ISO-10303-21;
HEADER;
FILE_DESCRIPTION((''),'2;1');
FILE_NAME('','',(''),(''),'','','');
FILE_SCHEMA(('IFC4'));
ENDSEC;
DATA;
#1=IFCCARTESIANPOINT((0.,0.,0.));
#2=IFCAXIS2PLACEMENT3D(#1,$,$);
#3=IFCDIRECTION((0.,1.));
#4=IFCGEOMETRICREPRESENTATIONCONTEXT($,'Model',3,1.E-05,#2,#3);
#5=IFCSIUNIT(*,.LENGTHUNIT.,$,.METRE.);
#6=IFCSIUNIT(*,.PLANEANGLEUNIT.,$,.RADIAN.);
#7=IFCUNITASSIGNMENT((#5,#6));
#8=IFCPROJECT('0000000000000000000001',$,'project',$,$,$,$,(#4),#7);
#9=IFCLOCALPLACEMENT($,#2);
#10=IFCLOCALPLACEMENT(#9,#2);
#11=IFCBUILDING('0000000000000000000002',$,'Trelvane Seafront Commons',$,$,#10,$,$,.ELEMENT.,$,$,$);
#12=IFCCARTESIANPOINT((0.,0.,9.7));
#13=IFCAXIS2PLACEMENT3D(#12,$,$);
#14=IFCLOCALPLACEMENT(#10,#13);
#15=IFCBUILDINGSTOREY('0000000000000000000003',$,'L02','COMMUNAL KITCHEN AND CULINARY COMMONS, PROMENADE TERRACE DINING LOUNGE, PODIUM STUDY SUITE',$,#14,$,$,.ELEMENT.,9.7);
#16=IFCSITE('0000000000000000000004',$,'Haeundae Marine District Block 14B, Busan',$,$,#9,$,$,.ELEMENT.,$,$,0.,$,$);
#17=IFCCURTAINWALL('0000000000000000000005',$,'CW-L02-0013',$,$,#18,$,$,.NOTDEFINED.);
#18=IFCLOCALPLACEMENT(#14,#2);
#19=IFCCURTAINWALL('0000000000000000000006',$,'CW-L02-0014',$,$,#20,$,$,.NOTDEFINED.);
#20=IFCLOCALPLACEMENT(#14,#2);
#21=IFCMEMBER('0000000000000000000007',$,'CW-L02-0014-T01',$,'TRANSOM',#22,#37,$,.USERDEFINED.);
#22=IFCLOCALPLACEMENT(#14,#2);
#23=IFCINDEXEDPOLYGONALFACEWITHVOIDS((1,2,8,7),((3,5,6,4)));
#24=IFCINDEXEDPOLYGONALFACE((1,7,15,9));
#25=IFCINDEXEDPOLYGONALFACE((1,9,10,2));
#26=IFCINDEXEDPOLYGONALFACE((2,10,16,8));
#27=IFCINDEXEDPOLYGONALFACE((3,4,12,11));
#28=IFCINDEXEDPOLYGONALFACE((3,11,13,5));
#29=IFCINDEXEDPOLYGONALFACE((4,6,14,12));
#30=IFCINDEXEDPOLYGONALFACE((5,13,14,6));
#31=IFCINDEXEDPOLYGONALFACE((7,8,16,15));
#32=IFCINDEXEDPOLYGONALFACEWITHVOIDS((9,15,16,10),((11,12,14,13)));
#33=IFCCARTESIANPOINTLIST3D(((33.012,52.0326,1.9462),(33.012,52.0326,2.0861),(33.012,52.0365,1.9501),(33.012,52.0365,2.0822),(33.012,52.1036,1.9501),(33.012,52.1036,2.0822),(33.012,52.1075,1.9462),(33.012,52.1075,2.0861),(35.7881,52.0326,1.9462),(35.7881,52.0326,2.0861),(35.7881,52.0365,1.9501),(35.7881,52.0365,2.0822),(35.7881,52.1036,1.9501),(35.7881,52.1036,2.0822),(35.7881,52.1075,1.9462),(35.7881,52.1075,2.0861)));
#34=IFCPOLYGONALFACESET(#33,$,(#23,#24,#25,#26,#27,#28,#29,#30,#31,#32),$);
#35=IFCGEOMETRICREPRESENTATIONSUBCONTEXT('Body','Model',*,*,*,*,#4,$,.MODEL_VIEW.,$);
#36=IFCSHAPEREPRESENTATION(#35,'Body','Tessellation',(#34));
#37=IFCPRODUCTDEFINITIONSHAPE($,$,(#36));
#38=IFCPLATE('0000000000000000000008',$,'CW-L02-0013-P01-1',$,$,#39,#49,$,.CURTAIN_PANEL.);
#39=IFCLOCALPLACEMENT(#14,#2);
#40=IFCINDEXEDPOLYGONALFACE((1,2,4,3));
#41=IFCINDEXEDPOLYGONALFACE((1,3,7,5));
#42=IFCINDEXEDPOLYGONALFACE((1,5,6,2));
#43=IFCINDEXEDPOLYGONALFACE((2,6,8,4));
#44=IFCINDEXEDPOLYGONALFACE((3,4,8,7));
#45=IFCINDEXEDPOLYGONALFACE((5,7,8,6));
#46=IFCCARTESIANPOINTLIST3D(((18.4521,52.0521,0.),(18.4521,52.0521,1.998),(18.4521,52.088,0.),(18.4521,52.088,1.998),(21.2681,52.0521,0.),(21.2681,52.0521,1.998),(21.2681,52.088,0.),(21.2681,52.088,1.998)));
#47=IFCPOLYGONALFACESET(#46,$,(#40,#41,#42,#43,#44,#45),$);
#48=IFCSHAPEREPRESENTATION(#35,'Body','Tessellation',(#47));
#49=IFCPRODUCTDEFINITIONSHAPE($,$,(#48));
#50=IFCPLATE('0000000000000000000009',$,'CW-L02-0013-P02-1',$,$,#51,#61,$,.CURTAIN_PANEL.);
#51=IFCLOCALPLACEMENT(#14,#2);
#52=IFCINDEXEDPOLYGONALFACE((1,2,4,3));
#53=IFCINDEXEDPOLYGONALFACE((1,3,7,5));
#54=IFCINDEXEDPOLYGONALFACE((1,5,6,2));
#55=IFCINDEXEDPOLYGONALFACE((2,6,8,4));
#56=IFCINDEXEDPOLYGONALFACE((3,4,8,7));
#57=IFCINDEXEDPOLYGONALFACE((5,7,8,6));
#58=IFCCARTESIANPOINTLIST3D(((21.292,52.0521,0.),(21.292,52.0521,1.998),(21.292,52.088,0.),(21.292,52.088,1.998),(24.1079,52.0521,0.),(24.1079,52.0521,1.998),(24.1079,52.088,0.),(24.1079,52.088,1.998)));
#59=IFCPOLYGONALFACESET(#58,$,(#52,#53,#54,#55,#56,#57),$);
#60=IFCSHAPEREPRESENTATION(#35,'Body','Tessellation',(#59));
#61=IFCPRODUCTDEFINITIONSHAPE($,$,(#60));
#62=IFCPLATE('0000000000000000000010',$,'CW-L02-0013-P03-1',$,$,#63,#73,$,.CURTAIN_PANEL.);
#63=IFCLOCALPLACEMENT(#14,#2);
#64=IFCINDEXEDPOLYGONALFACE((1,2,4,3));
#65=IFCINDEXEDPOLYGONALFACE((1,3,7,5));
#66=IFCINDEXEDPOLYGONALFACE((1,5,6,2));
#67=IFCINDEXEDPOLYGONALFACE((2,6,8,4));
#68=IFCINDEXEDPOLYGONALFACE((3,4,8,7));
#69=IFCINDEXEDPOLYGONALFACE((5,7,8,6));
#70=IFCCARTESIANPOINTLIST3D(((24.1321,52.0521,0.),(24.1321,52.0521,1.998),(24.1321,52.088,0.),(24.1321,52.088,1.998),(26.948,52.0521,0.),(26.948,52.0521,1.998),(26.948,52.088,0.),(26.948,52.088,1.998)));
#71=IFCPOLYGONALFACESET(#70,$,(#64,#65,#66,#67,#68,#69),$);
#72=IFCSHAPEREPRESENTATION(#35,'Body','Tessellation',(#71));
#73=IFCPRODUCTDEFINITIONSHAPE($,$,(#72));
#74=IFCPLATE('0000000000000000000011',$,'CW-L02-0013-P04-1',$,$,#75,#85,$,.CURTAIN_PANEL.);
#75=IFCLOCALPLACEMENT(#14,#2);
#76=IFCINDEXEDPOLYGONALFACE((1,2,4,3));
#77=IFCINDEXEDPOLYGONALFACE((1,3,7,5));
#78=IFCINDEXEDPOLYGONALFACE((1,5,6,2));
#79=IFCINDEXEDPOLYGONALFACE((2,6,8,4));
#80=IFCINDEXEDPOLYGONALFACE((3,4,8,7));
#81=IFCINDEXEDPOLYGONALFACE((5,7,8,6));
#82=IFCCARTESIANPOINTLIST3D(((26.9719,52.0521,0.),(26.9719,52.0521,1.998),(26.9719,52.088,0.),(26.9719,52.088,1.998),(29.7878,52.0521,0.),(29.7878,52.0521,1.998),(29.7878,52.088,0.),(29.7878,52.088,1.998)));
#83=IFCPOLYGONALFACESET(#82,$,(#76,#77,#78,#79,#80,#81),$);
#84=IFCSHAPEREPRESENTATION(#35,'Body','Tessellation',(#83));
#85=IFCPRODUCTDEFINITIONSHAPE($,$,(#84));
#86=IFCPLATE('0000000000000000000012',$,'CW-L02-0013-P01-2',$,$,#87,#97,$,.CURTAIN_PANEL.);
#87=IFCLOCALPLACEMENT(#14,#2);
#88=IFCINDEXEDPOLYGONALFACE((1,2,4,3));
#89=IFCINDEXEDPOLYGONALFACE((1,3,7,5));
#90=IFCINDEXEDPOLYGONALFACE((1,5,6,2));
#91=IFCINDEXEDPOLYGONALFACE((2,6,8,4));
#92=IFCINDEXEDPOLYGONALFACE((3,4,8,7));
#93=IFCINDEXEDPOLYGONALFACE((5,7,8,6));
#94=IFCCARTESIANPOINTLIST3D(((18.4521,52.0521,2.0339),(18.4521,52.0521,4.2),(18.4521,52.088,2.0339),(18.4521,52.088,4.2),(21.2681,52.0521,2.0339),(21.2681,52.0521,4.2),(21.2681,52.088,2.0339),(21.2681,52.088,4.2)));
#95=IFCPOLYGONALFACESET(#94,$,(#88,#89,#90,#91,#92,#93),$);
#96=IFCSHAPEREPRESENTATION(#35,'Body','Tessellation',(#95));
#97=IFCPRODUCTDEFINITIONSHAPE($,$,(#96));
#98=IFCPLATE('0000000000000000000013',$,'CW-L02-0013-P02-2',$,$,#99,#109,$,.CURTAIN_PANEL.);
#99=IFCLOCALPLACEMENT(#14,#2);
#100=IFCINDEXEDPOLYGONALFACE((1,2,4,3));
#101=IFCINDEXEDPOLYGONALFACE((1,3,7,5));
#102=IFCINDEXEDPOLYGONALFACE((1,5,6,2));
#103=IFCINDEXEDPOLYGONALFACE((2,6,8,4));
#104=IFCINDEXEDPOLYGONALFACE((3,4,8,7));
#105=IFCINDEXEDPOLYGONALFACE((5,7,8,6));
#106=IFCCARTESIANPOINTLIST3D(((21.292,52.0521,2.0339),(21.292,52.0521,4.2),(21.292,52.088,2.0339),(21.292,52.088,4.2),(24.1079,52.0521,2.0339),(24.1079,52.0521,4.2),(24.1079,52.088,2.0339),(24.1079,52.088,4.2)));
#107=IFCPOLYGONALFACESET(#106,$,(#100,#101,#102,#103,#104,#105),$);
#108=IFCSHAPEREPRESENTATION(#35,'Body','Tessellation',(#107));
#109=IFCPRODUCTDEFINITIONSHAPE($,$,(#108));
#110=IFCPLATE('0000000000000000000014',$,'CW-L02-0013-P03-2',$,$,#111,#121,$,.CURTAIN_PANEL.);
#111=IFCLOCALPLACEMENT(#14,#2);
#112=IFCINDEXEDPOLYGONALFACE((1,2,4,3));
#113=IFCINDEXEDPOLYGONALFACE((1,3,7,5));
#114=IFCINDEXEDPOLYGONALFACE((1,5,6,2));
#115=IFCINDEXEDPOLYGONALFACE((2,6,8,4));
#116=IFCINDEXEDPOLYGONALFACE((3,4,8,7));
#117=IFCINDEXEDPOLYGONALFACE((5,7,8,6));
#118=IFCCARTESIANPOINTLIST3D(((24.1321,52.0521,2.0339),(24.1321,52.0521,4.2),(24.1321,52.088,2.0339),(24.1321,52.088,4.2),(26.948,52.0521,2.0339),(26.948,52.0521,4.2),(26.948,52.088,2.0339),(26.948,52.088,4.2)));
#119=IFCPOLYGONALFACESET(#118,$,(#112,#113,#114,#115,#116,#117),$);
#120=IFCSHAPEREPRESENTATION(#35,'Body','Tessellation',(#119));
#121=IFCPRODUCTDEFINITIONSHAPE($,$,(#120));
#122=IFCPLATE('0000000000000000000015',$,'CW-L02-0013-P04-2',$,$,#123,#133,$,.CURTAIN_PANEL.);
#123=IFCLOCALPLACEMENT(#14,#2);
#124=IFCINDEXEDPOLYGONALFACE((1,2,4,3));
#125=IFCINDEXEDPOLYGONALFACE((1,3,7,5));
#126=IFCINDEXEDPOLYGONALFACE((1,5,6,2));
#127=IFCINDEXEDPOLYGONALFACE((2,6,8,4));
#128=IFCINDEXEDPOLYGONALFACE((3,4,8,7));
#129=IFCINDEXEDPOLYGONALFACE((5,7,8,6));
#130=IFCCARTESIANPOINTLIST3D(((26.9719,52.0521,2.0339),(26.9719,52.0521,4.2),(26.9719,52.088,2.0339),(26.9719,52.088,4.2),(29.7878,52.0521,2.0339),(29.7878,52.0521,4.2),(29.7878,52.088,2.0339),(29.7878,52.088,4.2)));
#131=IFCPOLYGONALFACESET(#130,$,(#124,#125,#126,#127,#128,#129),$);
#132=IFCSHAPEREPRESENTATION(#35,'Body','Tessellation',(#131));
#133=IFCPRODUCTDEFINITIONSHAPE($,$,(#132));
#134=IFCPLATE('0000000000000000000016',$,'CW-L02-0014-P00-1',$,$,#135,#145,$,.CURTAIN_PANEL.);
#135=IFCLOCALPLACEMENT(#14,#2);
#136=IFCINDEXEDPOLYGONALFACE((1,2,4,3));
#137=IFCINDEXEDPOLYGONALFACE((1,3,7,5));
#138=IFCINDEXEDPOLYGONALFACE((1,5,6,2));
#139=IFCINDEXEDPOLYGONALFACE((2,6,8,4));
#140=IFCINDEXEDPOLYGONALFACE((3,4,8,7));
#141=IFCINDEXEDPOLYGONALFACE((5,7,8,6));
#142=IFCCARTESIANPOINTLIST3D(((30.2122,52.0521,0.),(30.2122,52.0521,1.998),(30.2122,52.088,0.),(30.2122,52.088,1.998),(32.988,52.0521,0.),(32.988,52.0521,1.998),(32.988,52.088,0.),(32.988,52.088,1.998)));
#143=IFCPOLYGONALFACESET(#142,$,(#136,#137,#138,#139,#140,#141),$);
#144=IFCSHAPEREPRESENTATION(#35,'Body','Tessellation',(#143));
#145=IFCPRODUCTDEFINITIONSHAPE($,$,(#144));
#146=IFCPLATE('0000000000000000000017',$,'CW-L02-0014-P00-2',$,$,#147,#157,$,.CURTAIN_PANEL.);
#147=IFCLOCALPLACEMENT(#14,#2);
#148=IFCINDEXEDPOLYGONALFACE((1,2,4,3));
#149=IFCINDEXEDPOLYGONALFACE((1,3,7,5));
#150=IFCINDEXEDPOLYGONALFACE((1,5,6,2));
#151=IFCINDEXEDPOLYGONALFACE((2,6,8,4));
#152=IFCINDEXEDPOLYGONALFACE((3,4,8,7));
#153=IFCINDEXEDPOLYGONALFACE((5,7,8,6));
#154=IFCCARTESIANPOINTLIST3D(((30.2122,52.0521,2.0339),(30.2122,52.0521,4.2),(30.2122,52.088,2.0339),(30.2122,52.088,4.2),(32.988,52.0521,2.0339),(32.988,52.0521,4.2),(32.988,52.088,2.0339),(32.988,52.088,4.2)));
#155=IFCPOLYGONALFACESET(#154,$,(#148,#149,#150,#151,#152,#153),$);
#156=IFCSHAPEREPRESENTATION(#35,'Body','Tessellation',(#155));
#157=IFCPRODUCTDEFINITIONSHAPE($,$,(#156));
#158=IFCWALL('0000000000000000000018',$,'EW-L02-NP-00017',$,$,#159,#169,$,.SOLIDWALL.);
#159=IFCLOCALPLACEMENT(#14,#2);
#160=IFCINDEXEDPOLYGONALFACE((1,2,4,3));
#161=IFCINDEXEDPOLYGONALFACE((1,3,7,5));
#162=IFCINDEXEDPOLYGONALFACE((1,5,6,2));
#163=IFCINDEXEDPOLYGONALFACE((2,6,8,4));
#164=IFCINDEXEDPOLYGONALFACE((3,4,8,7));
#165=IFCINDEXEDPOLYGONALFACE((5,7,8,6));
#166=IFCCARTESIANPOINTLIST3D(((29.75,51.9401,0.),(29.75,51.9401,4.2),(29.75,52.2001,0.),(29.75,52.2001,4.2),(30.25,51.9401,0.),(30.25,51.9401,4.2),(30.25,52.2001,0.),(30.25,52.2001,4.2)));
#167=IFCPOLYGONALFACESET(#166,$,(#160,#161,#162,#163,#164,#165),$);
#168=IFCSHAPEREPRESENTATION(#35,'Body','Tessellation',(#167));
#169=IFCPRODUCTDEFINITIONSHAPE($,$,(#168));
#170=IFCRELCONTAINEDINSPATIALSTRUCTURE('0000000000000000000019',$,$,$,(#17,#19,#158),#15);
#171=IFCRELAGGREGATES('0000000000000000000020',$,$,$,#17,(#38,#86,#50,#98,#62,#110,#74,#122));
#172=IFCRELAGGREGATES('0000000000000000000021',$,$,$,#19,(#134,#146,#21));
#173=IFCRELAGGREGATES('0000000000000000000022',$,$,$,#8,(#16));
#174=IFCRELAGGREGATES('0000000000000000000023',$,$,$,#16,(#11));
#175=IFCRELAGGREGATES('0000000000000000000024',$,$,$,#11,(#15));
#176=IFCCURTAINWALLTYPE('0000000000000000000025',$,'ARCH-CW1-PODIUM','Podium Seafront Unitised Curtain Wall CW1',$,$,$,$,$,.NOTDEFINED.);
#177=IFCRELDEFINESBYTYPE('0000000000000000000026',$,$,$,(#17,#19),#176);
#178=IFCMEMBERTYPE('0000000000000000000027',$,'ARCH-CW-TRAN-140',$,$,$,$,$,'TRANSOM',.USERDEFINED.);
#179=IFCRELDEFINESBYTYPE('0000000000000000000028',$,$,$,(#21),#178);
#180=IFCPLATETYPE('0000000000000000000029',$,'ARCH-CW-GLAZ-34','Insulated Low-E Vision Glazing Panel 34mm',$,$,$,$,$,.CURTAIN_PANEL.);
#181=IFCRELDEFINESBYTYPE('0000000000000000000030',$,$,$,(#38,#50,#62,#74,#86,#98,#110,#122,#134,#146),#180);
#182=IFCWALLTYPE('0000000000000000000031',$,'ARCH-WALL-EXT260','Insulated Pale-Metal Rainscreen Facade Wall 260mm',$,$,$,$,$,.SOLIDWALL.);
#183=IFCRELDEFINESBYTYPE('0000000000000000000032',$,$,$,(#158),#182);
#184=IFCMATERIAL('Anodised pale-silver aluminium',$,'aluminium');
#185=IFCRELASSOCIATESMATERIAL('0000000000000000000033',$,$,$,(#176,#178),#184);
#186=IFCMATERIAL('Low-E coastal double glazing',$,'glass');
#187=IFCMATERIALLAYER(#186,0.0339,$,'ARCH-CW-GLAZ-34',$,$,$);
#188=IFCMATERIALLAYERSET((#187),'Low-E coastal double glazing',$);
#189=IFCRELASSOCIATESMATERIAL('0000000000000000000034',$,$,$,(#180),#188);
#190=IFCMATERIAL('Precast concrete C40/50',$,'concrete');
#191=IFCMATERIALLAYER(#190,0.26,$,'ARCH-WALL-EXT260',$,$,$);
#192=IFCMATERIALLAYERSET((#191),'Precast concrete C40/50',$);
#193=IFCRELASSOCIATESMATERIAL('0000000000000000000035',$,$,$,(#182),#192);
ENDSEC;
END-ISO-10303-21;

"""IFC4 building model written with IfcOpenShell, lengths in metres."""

from ifc_helpers import new_model, si_unit, direction, frame, frame_2d, origin, origin_2d, place, context, subcontext, project, spatial, rectangle, hollow_rectangle, extrude, source, transform, mapped, material, layer, layer_set, material_profile, profile_set, type_object, element, aggregate, save


model = new_model("IFC4")

# Units and contexts
model_context = context("Model", 3, precision=1e-05, world=origin(), true_north=direction((0.0, 1.0)))
body_context = subcontext(model_context, "Body", "Model", "MODEL_VIEW")
ifc_project = project(units=[si_unit("LENGTHUNIT", "METRE"), si_unit("PLANEANGLEUNIT", "RADIAN")], contexts=[model_context])

# Site, building, storey
site_placement = place(None, origin())
site = spatial("IfcSite", under=ifc_project, at=site_placement, Name="Haeundae Marine District Block 14B, Busan", CompositionType="ELEMENT", RefElevation=0.0)
building_placement = place(site_placement, origin())
building = spatial("IfcBuilding", under=site, at=building_placement, Name="Trelvane Seafront Commons", CompositionType="ELEMENT")
storey_placement = place(building_placement, frame((0.0, 0.0, 9.7)))
storey = spatial("IfcBuildingStorey", under=building, at=storey_placement, Name="L02", Description="COMMUNAL KITCHEN AND CULINARY COMMONS, PROMENADE TERRACE DINING LOUNGE, PODIUM STUDY SUITE", CompositionType="ELEMENT", Elevation=9.7)

# Curtain walls
ifc_material_1 = material(Name="Anodised pale-silver aluminium", Category="aluminium")
curtain_wall_type = type_object("IfcCurtainWallType", Name="ARCH-CW1-PODIUM", Description="Podium Seafront Unitised Curtain Wall CW1", PredefinedType="NOTDEFINED", material=ifc_material_1)
curtain_wall_1_placement = place(storey_placement, origin())
curtain_wall_1 = element("IfcCurtainWall", 1, at=curtain_wall_1_placement, inside=storey, type_object=curtain_wall_type, Name="CW-L02-0013", PredefinedType="NOTDEFINED")
curtain_wall_2_placement = place(storey_placement, origin())
curtain_wall_2 = element("IfcCurtainWall", 2, at=curtain_wall_2_placement, inside=storey, type_object=curtain_wall_type, Name="CW-L02-0014", PredefinedType="NOTDEFINED")

# Member
ifc_material_profile_1 = material_profile(ifc_material_1, hollow_rectangle(XDim=0.075, YDim=0.1399, WallThickness=0.0039, at=origin_2d()), Name="TRAN-75x140x4")
ifc_profile_set_1 = profile_set([ifc_material_profile_1], Name="Anodised pale-silver aluminium")
member_type_1 = type_object("IfcMemberType", Name="ARCH-CW-TRAN-140", ElementType="TRANSOM", PredefinedType="USERDEFINED", material=ifc_profile_set_1)
shared_shape_1 = source(origin(), body_context, "Body", "SweptSolid", [
    extrude(hollow_rectangle(XDim=0.075, YDim=0.1399, WallThickness=0.0039, at=origin_2d()), origin(), (0.0, 0.0, 1.0), 2.7761),
])
member_1_placement = place(storey_placement, frame((33.012, 52.0701, 2.0161), z_axis=(1.0, 0.0, 0.0), x_axis=(0.0, 1.0, 0.0)))
member_1 = element("IfcMember", 3, at=member_1_placement, type_object=member_type_1, Name="CW-L02-0014-T01", ObjectType="TRANSOM", PredefinedType="USERDEFINED", context=body_context, shape_type="MappedRepresentation", body=[
    mapped(shared_shape_1, transform((0.0, 0.0, 0.0), x_axis=(1.0, 0.0, 0.0), y_axis=(0.0, 1.0, 0.0), z_axis=(0.0, 0.0, 1.0), scale=1.0)),
])

# Plates
ifc_material_2 = material(Name="Low-E coastal double glazing", Category="glass")
ifc_layer_1 = layer(ifc_material_2, 0.0339, Name="ARCH-CW-GLAZ-34")
ifc_layer_set_1 = layer_set([ifc_layer_1], Name="Low-E coastal double glazing")
plate_type = type_object("IfcPlateType", Name="ARCH-CW-GLAZ-34", Description="Insulated Low-E Vision Glazing Panel 34mm", PredefinedType="CURTAIN_PANEL", material=ifc_layer_set_1)
shared_shape_2 = source(origin(), body_context, "Body", "SweptSolid", [
    extrude(rectangle(XDim=2.8159, YDim=0.0359, at=origin_2d()), origin(), (0.0, 0.0, 1.0), 1.998),
])
plate_1_placement = place(storey_placement, frame((19.8601, 52.0701, 0.0), z_axis=(0.0, 0.0, 1.0), x_axis=(1.0, 0.0, 0.0)))
plate_1 = element("IfcPlate", 4, at=plate_1_placement, type_object=plate_type, Name="CW-L02-0013-P01-1", PredefinedType="CURTAIN_PANEL", context=body_context, shape_type="MappedRepresentation", body=[
    mapped(shared_shape_2, transform((0.0, 0.0, 0.0), x_axis=(1.0, 0.0, 0.0), y_axis=(0.0, 1.0, 0.0), z_axis=(0.0, 0.0, 1.0), scale=1.0)),
])
plate_2_placement = place(storey_placement, frame((22.7, 52.0701, 0.0), z_axis=(0.0, 0.0, 1.0), x_axis=(1.0, 0.0, 0.0)))
plate_2 = element("IfcPlate", 5, at=plate_2_placement, type_object=plate_type, Name="CW-L02-0013-P02-1", PredefinedType="CURTAIN_PANEL", context=body_context, shape_type="MappedRepresentation", body=[
    mapped(shared_shape_2, transform((0.0, 0.0, 0.0), x_axis=(1.0, 0.0, 0.0), y_axis=(0.0, 1.0, 0.0), z_axis=(0.0, 0.0, 1.0), scale=1.0)),
])
plate_3_placement = place(storey_placement, frame((25.54, 52.0701, 0.0), z_axis=(0.0, 0.0, 1.0), x_axis=(1.0, 0.0, 0.0)))
plate_3 = element("IfcPlate", 6, at=plate_3_placement, type_object=plate_type, Name="CW-L02-0013-P03-1", PredefinedType="CURTAIN_PANEL", context=body_context, shape_type="MappedRepresentation", body=[
    mapped(shared_shape_2, transform((0.0, 0.0, 0.0), x_axis=(1.0, 0.0, 0.0), y_axis=(0.0, 1.0, 0.0), z_axis=(0.0, 0.0, 1.0), scale=1.0)),
])
plate_4_placement = place(storey_placement, frame((28.3799, 52.0701, 0.0), z_axis=(0.0, 0.0, 1.0), x_axis=(1.0, 0.0, 0.0)))
plate_4 = element("IfcPlate", 7, at=plate_4_placement, type_object=plate_type, Name="CW-L02-0013-P04-1", PredefinedType="CURTAIN_PANEL", context=body_context, shape_type="MappedRepresentation", body=[
    mapped(shared_shape_2, transform((0.0, 0.0, 0.0), x_axis=(1.0, 0.0, 0.0), y_axis=(0.0, 1.0, 0.0), z_axis=(0.0, 0.0, 1.0), scale=1.0)),
])
shared_shape_3 = source(origin(), body_context, "Body", "SweptSolid", [
    extrude(rectangle(XDim=2.8159, YDim=0.0359, at=origin_2d()), origin(), (0.0, 0.0, 1.0), 2.166),
])
plate_5_placement = place(storey_placement, frame((19.8601, 52.0701, 2.0339), z_axis=(0.0, 0.0, 1.0), x_axis=(1.0, 0.0, 0.0)))
plate_5 = element("IfcPlate", 8, at=plate_5_placement, type_object=plate_type, Name="CW-L02-0013-P01-2", PredefinedType="CURTAIN_PANEL", context=body_context, shape_type="MappedRepresentation", body=[
    mapped(shared_shape_3, transform((0.0, 0.0, 0.0), x_axis=(1.0, 0.0, 0.0), y_axis=(0.0, 1.0, 0.0), z_axis=(0.0, 0.0, 1.0), scale=1.0)),
])
plate_6_placement = place(storey_placement, frame((22.7, 52.0701, 2.0339), z_axis=(0.0, 0.0, 1.0), x_axis=(1.0, 0.0, 0.0)))
plate_6 = element("IfcPlate", 9, at=plate_6_placement, type_object=plate_type, Name="CW-L02-0013-P02-2", PredefinedType="CURTAIN_PANEL", context=body_context, shape_type="MappedRepresentation", body=[
    mapped(shared_shape_3, transform((0.0, 0.0, 0.0), x_axis=(1.0, 0.0, 0.0), y_axis=(0.0, 1.0, 0.0), z_axis=(0.0, 0.0, 1.0), scale=1.0)),
])
plate_7_placement = place(storey_placement, frame((25.54, 52.0701, 2.0339), z_axis=(0.0, 0.0, 1.0), x_axis=(1.0, 0.0, 0.0)))
plate_7 = element("IfcPlate", 10, at=plate_7_placement, type_object=plate_type, Name="CW-L02-0013-P03-2", PredefinedType="CURTAIN_PANEL", context=body_context, shape_type="MappedRepresentation", body=[
    mapped(shared_shape_3, transform((0.0, 0.0, 0.0), x_axis=(1.0, 0.0, 0.0), y_axis=(0.0, 1.0, 0.0), z_axis=(0.0, 0.0, 1.0), scale=1.0)),
])
plate_8_placement = place(storey_placement, frame((28.3799, 52.0701, 2.0339), z_axis=(0.0, 0.0, 1.0), x_axis=(1.0, 0.0, 0.0)))
plate_8 = element("IfcPlate", 11, at=plate_8_placement, type_object=plate_type, Name="CW-L02-0013-P04-2", PredefinedType="CURTAIN_PANEL", context=body_context, shape_type="MappedRepresentation", body=[
    mapped(shared_shape_3, transform((0.0, 0.0, 0.0), x_axis=(1.0, 0.0, 0.0), y_axis=(0.0, 1.0, 0.0), z_axis=(0.0, 0.0, 1.0), scale=1.0)),
])
aggregate(curtain_wall_1, [plate_1, plate_5, plate_2, plate_6, plate_3, plate_7, plate_4, plate_8])
shared_shape_4 = source(origin(), body_context, "Body", "SweptSolid", [
    extrude(rectangle(XDim=2.7759, YDim=0.0359, at=origin_2d()), origin(), (0.0, 0.0, 1.0), 1.998),
])
plate_9_placement = place(storey_placement, frame((31.6001, 52.0701, 0.0), z_axis=(0.0, 0.0, 1.0), x_axis=(1.0, 0.0, 0.0)))
plate_9 = element("IfcPlate", 12, at=plate_9_placement, type_object=plate_type, Name="CW-L02-0014-P00-1", PredefinedType="CURTAIN_PANEL", context=body_context, shape_type="MappedRepresentation", body=[
    mapped(shared_shape_4, transform((0.0, 0.0, 0.0), x_axis=(1.0, 0.0, 0.0), y_axis=(0.0, 1.0, 0.0), z_axis=(0.0, 0.0, 1.0), scale=1.0)),
])
shared_shape_5 = source(origin(), body_context, "Body", "SweptSolid", [
    extrude(rectangle(XDim=2.7759, YDim=0.0359, at=origin_2d()), origin(), (0.0, 0.0, 1.0), 2.166),
])
plate_10_placement = place(storey_placement, frame((31.6001, 52.0701, 2.0339), z_axis=(0.0, 0.0, 1.0), x_axis=(1.0, 0.0, 0.0)))
plate_10 = element("IfcPlate", 13, at=plate_10_placement, type_object=plate_type, Name="CW-L02-0014-P00-2", PredefinedType="CURTAIN_PANEL", context=body_context, shape_type="MappedRepresentation", body=[
    mapped(shared_shape_5, transform((0.0, 0.0, 0.0), x_axis=(1.0, 0.0, 0.0), y_axis=(0.0, 1.0, 0.0), z_axis=(0.0, 0.0, 1.0), scale=1.0)),
])
aggregate(curtain_wall_2, [plate_9, plate_10, member_1])

# Wall
ifc_material_3 = material(Name="Precast concrete C40/50", Category="concrete")
ifc_layer_2 = layer(ifc_material_3, 0.26, Name="ARCH-WALL-EXT260")
ifc_layer_set_2 = layer_set([ifc_layer_2], Name="Precast concrete C40/50")
wall_type = type_object("IfcWallType", Name="ARCH-WALL-EXT260", Description="Insulated Pale-Metal Rainscreen Facade Wall 260mm", PredefinedType="SOLIDWALL", material=ifc_layer_set_2)
wall_placement = place(storey_placement, frame((29.75, 52.0701, 0.0), z_axis=(0.0, 0.0, 1.0), x_axis=(1.0, 0.0, 0.0)))
element("IfcWall", 14, at=wall_placement, inside=storey, type_object=wall_type, Name="EW-L02-NP-00017", PredefinedType="SOLIDWALL", context=body_context, shape_type="SweptSolid", body=[
    extrude(rectangle(XDim=0.5, YDim=0.26, at=frame_2d((0.25, 0.0))), origin(), (0.0, 0.0, 1.0), 4.2),
])

save(model, "model.ifc")
